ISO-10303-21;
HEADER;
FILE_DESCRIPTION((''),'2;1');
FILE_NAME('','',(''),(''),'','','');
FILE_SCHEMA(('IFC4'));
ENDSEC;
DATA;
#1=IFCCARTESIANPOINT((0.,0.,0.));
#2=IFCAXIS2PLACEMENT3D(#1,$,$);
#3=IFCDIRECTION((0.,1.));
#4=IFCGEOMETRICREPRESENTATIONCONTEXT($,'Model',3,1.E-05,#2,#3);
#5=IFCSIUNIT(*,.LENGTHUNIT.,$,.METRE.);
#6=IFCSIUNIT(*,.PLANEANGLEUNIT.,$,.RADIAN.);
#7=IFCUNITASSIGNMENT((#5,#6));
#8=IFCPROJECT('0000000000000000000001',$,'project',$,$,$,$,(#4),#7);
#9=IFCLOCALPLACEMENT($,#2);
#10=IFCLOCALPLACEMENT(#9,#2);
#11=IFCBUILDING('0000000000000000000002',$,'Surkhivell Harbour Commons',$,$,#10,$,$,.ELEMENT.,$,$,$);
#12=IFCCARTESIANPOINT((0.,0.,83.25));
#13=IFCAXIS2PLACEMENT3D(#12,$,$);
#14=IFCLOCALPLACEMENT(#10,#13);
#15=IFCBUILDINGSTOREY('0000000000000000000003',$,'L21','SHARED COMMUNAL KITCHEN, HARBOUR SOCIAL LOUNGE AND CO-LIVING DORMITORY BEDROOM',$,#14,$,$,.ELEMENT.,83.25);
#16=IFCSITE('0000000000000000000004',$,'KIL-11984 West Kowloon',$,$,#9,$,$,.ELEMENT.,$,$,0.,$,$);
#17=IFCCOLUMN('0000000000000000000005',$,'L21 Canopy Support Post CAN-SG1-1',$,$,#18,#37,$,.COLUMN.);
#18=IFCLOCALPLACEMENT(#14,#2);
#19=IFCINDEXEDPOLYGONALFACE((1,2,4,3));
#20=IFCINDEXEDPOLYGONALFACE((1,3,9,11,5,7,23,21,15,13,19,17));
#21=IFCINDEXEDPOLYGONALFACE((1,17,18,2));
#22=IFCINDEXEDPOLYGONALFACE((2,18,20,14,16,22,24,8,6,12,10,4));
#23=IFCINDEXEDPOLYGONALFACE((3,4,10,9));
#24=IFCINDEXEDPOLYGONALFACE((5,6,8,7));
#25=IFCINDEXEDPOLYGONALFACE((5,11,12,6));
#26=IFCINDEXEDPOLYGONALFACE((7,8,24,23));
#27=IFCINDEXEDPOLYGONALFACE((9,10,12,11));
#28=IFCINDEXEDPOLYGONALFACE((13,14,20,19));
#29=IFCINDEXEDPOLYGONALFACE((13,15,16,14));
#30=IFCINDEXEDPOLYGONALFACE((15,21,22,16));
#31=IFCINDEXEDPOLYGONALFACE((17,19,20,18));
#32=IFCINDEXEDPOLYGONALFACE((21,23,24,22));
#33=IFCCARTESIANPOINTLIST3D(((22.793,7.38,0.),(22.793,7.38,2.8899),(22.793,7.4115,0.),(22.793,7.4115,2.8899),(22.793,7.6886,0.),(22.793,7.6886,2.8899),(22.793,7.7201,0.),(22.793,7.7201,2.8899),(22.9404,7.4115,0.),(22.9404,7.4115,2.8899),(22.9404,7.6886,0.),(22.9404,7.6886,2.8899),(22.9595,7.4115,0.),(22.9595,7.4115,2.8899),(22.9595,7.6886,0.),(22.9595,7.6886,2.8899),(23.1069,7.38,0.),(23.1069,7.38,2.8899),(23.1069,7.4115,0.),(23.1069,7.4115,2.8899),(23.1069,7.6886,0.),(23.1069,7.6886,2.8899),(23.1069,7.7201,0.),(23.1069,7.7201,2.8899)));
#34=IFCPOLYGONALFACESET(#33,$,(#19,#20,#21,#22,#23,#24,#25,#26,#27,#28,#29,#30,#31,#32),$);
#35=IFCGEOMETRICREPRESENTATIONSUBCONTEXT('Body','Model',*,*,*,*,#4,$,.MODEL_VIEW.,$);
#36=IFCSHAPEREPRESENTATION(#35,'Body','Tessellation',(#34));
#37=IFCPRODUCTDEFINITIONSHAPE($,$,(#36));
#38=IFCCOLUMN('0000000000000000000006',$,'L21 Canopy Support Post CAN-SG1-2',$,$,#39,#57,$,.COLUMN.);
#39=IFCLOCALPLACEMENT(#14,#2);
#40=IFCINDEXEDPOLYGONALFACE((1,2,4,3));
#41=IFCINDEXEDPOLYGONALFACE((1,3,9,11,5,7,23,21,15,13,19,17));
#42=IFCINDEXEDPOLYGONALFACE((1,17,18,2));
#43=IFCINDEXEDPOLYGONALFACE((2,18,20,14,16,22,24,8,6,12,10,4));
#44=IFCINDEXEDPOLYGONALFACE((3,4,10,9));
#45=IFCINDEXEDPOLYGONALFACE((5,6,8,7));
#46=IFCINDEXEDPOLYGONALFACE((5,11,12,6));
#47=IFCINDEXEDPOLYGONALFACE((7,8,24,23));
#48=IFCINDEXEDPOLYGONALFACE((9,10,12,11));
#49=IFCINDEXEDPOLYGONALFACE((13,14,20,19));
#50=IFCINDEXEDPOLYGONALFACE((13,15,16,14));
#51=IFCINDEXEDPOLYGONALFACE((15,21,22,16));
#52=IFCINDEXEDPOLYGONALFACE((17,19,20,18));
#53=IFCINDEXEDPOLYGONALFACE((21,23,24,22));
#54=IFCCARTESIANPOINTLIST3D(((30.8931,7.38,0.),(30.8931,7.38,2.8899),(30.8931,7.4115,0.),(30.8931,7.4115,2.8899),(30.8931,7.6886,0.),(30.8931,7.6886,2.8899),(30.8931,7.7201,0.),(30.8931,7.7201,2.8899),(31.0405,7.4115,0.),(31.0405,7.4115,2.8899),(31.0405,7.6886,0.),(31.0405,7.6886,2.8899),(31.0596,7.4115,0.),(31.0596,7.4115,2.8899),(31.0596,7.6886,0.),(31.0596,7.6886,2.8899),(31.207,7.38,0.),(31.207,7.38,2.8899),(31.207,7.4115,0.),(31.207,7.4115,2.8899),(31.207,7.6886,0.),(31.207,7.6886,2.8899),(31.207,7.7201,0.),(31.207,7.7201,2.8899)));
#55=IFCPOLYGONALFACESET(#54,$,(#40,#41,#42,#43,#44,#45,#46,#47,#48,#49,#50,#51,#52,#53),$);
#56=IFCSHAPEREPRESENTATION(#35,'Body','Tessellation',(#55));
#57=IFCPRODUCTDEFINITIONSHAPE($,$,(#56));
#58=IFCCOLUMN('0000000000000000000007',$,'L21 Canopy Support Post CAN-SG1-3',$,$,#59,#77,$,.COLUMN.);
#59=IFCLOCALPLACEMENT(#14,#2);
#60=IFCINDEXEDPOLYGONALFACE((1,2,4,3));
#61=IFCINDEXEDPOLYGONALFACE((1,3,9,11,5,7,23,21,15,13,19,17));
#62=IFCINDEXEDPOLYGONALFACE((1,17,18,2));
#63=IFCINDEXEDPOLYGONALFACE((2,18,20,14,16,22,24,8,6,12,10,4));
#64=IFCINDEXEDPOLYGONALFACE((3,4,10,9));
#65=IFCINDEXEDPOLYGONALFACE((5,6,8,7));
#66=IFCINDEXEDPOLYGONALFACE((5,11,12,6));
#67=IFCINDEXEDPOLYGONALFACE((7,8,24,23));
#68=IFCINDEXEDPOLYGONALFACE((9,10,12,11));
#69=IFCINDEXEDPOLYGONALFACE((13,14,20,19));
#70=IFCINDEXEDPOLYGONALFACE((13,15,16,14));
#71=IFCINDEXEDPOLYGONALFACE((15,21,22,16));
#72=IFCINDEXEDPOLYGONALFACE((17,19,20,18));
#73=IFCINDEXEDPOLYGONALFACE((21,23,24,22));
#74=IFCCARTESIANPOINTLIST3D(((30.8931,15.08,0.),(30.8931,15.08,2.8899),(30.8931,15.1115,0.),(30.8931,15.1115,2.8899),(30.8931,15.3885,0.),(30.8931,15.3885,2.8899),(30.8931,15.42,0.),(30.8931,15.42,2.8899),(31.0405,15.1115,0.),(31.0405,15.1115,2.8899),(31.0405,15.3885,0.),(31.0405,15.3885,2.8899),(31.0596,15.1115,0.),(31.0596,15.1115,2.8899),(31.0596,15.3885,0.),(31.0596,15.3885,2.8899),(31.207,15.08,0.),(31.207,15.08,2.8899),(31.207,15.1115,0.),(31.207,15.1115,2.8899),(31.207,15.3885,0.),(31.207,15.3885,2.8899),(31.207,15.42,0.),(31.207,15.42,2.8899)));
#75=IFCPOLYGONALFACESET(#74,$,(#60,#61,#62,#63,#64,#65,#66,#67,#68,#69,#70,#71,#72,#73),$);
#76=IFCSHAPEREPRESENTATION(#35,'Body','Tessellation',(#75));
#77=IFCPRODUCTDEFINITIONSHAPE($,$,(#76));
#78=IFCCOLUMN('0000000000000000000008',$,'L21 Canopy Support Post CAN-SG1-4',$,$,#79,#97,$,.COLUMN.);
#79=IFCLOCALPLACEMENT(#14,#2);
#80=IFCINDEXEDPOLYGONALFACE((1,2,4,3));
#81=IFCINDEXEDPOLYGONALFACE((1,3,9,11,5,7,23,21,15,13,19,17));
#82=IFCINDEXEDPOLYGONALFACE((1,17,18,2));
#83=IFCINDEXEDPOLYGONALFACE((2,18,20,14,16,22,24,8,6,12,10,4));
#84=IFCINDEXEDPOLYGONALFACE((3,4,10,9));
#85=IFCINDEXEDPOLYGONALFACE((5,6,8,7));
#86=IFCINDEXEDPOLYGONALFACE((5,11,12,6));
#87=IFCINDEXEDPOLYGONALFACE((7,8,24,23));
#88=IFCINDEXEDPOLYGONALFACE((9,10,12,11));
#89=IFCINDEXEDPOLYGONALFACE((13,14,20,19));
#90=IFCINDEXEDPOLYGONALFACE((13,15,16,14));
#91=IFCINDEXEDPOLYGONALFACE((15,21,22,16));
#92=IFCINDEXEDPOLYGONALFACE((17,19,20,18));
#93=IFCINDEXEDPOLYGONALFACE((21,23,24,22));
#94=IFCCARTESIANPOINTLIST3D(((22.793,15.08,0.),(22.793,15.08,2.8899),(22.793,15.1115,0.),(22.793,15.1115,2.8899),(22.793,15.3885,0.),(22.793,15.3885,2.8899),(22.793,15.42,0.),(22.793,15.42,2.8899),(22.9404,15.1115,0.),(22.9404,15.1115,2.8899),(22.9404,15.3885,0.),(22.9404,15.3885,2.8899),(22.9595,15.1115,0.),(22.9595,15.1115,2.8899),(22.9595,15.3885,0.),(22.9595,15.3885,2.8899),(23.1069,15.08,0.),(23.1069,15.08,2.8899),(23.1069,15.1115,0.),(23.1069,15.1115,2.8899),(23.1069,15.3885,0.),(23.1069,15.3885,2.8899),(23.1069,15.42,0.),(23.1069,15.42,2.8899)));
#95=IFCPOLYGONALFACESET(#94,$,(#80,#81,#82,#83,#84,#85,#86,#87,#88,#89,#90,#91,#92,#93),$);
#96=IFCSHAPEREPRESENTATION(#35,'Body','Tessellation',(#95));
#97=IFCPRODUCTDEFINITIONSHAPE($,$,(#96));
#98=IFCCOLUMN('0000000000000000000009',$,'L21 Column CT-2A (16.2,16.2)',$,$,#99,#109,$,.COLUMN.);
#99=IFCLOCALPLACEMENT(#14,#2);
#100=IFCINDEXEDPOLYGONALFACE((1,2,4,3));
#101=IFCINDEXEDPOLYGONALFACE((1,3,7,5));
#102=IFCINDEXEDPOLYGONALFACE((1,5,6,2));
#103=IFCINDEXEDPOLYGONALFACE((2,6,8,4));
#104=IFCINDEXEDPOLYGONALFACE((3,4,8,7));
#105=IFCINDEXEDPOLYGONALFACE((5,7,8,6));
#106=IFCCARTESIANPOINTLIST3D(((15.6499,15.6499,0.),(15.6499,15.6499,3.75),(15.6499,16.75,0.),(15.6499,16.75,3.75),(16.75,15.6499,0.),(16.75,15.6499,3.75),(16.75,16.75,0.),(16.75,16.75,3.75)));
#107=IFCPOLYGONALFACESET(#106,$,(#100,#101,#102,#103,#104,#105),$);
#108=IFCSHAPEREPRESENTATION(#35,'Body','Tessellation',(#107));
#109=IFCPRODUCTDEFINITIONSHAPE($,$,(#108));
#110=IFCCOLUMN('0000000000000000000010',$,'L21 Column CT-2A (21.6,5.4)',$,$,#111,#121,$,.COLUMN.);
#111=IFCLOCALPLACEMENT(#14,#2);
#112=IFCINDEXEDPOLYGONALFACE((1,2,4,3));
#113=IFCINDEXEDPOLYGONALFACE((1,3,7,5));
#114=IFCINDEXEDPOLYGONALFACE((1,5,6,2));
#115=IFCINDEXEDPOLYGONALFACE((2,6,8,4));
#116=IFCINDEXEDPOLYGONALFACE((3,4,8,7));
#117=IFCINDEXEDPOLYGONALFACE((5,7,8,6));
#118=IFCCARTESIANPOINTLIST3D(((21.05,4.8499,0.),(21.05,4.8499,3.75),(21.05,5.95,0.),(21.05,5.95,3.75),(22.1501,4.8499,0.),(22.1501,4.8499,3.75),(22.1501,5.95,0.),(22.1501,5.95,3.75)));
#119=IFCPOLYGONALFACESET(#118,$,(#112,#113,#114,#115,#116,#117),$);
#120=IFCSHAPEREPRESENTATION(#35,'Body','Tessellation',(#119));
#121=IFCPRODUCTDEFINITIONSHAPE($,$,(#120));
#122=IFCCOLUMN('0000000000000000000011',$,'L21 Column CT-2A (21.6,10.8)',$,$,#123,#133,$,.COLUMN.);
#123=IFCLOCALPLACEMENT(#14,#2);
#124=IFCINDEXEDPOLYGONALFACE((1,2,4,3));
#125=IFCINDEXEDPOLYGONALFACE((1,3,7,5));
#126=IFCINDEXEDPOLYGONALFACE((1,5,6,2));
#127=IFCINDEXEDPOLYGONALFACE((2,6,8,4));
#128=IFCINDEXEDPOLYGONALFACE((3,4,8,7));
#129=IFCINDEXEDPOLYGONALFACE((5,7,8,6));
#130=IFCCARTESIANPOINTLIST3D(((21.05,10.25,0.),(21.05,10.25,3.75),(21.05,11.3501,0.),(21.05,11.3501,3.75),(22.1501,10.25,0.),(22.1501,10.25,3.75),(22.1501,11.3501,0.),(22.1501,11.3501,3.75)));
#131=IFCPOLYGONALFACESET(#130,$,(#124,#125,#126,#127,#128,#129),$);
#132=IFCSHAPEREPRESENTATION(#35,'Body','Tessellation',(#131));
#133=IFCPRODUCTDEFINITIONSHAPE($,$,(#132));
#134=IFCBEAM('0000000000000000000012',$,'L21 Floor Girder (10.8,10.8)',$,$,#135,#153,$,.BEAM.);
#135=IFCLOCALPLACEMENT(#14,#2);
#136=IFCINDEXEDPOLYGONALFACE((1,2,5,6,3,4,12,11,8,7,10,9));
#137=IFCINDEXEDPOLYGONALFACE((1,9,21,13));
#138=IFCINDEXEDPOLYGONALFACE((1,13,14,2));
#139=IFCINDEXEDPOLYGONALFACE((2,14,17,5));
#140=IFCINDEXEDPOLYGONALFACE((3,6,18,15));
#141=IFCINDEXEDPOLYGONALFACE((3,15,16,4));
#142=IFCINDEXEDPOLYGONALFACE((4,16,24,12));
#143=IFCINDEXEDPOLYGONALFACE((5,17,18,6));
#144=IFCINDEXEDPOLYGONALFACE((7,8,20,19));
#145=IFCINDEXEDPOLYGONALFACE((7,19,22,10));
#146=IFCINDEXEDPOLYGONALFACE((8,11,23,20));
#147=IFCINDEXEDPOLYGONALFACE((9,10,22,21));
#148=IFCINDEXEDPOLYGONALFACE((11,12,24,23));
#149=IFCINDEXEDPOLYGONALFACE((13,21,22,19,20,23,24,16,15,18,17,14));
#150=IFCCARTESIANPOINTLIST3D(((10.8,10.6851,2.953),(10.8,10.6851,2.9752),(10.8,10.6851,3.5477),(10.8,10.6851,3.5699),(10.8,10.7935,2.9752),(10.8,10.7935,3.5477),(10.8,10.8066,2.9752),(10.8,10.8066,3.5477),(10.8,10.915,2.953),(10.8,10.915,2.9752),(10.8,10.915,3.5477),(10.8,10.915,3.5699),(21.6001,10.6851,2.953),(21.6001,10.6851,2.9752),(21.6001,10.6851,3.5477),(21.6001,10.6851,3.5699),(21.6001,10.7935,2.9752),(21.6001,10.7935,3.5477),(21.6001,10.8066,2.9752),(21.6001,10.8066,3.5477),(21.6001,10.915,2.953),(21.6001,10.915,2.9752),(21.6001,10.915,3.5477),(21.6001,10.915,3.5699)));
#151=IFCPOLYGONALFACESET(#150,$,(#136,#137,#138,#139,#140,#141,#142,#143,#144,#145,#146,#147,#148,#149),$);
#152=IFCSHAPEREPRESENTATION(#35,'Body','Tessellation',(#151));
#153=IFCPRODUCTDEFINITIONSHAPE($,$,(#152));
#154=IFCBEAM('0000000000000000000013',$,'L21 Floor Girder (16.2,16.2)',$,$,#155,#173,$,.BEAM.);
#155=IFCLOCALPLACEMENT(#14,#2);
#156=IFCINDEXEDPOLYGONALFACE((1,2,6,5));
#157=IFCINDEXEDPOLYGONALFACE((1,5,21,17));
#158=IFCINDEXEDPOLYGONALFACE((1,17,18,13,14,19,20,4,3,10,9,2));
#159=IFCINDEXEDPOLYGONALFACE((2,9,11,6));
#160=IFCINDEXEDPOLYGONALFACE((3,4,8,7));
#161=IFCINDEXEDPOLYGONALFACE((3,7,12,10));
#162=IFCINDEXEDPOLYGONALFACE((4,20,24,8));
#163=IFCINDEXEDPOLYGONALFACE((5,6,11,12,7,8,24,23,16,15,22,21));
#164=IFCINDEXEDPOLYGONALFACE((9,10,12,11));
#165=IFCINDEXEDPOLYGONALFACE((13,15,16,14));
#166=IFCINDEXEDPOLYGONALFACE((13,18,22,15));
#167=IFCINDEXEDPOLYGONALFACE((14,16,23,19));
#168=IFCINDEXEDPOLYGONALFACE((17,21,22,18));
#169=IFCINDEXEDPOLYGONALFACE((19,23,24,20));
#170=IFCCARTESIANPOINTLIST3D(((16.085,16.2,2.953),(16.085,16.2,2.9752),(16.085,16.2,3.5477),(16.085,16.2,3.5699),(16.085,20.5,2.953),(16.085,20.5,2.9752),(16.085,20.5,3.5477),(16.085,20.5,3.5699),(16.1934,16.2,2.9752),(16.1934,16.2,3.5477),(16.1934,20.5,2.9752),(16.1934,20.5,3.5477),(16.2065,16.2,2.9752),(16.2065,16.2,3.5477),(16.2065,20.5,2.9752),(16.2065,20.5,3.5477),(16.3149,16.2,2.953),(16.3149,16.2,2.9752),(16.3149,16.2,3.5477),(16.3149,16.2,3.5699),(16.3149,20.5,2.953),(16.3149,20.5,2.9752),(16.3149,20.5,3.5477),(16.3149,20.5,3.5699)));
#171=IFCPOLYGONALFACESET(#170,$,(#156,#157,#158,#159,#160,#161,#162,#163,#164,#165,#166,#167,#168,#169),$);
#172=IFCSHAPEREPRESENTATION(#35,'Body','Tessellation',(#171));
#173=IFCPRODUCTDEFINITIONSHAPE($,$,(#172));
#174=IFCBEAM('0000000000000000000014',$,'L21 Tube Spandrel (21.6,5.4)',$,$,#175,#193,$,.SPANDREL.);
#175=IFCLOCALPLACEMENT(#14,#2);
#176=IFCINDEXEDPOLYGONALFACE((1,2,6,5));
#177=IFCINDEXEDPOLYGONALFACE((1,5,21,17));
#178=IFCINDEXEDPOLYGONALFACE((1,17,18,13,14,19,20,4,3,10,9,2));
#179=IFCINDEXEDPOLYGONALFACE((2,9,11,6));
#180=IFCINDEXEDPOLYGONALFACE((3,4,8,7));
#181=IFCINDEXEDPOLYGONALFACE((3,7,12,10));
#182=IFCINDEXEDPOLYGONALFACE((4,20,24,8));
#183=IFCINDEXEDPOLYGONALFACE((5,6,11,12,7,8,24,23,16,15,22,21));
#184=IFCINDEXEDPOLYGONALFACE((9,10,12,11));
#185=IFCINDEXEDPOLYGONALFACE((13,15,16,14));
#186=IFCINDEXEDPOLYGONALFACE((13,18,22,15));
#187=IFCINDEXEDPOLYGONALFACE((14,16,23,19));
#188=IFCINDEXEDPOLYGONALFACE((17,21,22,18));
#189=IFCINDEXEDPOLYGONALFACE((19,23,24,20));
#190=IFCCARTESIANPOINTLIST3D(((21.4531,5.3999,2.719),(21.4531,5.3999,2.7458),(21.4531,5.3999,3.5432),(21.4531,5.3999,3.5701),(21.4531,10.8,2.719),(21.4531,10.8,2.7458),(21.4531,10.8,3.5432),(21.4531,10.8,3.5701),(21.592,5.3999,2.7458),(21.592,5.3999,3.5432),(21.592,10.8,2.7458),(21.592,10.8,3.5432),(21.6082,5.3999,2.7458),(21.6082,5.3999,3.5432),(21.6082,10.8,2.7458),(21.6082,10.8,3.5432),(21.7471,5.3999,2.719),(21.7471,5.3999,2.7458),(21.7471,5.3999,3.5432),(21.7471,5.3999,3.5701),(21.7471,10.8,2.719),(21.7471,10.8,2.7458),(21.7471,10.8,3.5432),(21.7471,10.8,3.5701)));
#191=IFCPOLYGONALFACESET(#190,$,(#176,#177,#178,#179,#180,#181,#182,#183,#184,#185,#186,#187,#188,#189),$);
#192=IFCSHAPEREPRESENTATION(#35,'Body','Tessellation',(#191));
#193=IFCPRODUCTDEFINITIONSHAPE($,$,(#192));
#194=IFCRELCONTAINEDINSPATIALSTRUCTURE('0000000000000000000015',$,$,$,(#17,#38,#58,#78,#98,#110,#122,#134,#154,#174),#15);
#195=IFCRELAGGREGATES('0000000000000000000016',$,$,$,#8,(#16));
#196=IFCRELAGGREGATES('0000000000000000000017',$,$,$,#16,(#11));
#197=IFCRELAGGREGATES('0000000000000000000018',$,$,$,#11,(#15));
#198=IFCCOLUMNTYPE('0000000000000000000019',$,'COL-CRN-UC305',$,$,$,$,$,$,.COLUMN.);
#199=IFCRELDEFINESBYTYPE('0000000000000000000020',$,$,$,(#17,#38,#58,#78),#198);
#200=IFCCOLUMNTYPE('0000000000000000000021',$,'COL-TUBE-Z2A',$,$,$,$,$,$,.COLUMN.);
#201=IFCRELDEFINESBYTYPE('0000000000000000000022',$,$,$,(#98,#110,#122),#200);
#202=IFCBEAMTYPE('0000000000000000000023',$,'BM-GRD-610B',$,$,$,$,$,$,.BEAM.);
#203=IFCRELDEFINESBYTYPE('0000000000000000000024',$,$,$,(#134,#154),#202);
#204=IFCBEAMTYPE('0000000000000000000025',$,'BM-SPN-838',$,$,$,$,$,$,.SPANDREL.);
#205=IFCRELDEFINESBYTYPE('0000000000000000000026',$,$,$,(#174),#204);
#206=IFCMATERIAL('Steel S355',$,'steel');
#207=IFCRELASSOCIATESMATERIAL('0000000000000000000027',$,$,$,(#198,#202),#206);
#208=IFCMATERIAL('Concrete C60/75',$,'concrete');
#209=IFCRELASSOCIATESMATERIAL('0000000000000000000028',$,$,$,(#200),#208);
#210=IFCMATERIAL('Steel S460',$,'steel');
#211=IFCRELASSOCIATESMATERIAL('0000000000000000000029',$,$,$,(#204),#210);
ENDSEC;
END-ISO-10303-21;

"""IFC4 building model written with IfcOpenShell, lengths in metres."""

from ifc_helpers import new_model, si_unit, direction, frame, origin, origin_2d, place, context, subcontext, project, spatial, rectangle, i_section, extrude, material, material_profile, profile_set, type_object, element, save


model = new_model("IFC4")

# Units and contexts
model_context = context("Model", 3, precision=1e-05, world=origin(), true_north=direction((0.0, 1.0)))
body_context = subcontext(model_context, "Body", "Model", "MODEL_VIEW")
ifc_project = project(units=[si_unit("LENGTHUNIT", "METRE"), si_unit("PLANEANGLEUNIT", "RADIAN")], contexts=[model_context])

# Site, building, storey
site_placement = place(None, origin())
site = spatial("IfcSite", under=ifc_project, at=site_placement, Name="KIL-11984 West Kowloon", CompositionType="ELEMENT", RefElevation=0.0)
building_placement = place(site_placement, origin())
building = spatial("IfcBuilding", under=site, at=building_placement, Name="Surkhivell Harbour Commons", CompositionType="ELEMENT")
storey_placement = place(building_placement, frame((0.0, 0.0, 83.25)))
storey = spatial("IfcBuildingStorey", under=building, at=storey_placement, Name="L21", Description="SHARED COMMUNAL KITCHEN, HARBOUR SOCIAL LOUNGE AND CO-LIVING DORMITORY BEDROOM", CompositionType="ELEMENT", Elevation=83.25)

# Columns
ifc_material_1 = material(Name="Steel S355", Category="steel")
ifc_material_profile_1 = material_profile(ifc_material_1, i_section(OverallWidth=0.314, OverallDepth=0.3401, WebThickness=0.019, FlangeThickness=0.0315, at=origin_2d()), Name="UC305x305x198")
ifc_profile_set_1 = profile_set([ifc_material_profile_1], Name="Steel S355")
column_type_1 = type_object("IfcColumnType", Name="COL-CRN-UC305", PredefinedType="COLUMN", material=ifc_profile_set_1)
for number, where, z_axis, x_axis, name in (
    (1, (22.95, 7.55, 0.0), (0.0, 0.0, 1.0), (1.0, 0.0, 0.0), "L21 Canopy Support Post CAN-SG1-1"),
    (2, (31.05, 7.55, 0.0), (0.0, 0.0, 1.0), (1.0, 0.0, 0.0), "L21 Canopy Support Post CAN-SG1-2"),
    (3, (31.05, 15.25, 0.0), (0.0, 0.0, 1.0), (1.0, 0.0, 0.0), "L21 Canopy Support Post CAN-SG1-3"),
    (4, (22.95, 15.25, 0.0), (0.0, 0.0, 1.0), (1.0, 0.0, 0.0), "L21 Canopy Support Post CAN-SG1-4"),
):
    element("IfcColumn", number, at=place(storey_placement, frame(where, z_axis=z_axis, x_axis=x_axis)), inside=storey, type_object=column_type_1, Name=name, PredefinedType="COLUMN", context=body_context, shape_type="SweptSolid", body=[
        extrude(i_section(OverallWidth=0.314, OverallDepth=0.3401, WebThickness=0.019, FlangeThickness=0.0315, at=origin_2d()), origin(), (0.0, 0.0, 1.0), 2.8899),
    ])
ifc_material_2 = material(Name="Concrete C60/75", Category="concrete")
ifc_material_profile_2 = material_profile(ifc_material_2, rectangle(XDim=1.1001, YDim=1.1001, at=origin_2d()), Name="RC-COL-1100x1100")
ifc_profile_set_2 = profile_set([ifc_material_profile_2], Name="Concrete C60/75")
column_type_2 = type_object("IfcColumnType", Name="COL-TUBE-Z2A", PredefinedType="COLUMN", material=ifc_profile_set_2)
for number, where, z_axis, x_axis, name in (
    (5, (16.2, 16.2, 0.0), (0.0, 0.0, 1.0), (1.0, 0.0, 0.0), "L21 Column CT-2A (16.2,16.2)"),
    (6, (21.6001, 5.3999, 0.0), (0.0, 0.0, 1.0), (1.0, 0.0, 0.0), "L21 Column CT-2A (21.6,5.4)"),
    (7, (21.6001, 10.8, 0.0), (0.0, 0.0, 1.0), (1.0, 0.0, 0.0), "L21 Column CT-2A (21.6,10.8)"),
):
    element("IfcColumn", number, at=place(storey_placement, frame(where, z_axis=z_axis, x_axis=x_axis)), inside=storey, type_object=column_type_2, Name=name, PredefinedType="COLUMN", context=body_context, shape_type="SweptSolid", body=[
        extrude(rectangle(XDim=1.1001, YDim=1.1001, at=origin_2d()), origin(), (0.0, 0.0, 1.0), 3.75),
    ])

# Beams
ifc_material_profile_3 = material_profile(ifc_material_1, i_section(OverallWidth=0.23, OverallDepth=0.6169, WebThickness=0.0132, FlangeThickness=0.0222, at=origin_2d()), Name="UB610x229x140")
ifc_profile_set_3 = profile_set([ifc_material_profile_3], Name="Steel S355")
beam_type_1 = type_object("IfcBeamType", Name="BM-GRD-610B", PredefinedType="BEAM", material=ifc_profile_set_3)
beam_1_placement = place(storey_placement, frame((10.8, 10.8, 3.2615), z_axis=(1.0, 0.0, 0.0), x_axis=(0.0, 1.0, 0.0)))
element("IfcBeam", 8, at=beam_1_placement, inside=storey, type_object=beam_type_1, Name="L21 Floor Girder (10.8,10.8)", PredefinedType="BEAM", context=body_context, shape_type="SweptSolid", body=[
    extrude(i_section(OverallWidth=0.23, OverallDepth=0.6169, WebThickness=0.0132, FlangeThickness=0.0222, at=origin_2d()), origin(), (0.0, 0.0, 1.0), 10.8),
])
beam_2_placement = place(storey_placement, frame((16.2, 16.2, 3.2615), z_axis=(0.0, 1.0, 0.0), x_axis=(-1.0, 0.0, 0.0)))
element("IfcBeam", 9, at=beam_2_placement, inside=storey, type_object=beam_type_1, Name="L21 Floor Girder (16.2,16.2)", PredefinedType="BEAM", context=body_context, shape_type="SweptSolid", body=[
    extrude(i_section(OverallWidth=0.23, OverallDepth=0.6169, WebThickness=0.0132, FlangeThickness=0.0222, at=origin_2d()), origin(), (0.0, 0.0, 1.0), 4.3),
])
ifc_material_3 = material(Name="Steel S460", Category="steel")
ifc_material_profile_4 = material_profile(ifc_material_3, i_section(OverallWidth=0.2939, OverallDepth=0.8511, WebThickness=0.0161, FlangeThickness=0.0269, at=origin_2d()), Name="UB838x292x226")
ifc_profile_set_4 = profile_set([ifc_material_profile_4], Name="Steel S460")
beam_type_2 = type_object("IfcBeamType", Name="BM-SPN-838", PredefinedType="SPANDREL", material=ifc_profile_set_4)
beam_3_placement = place(storey_placement, frame((21.6001, 5.3999, 3.1445), z_axis=(0.0, 1.0, 0.0), x_axis=(-1.0, 0.0, 0.0)))
element("IfcBeam", 10, at=beam_3_placement, inside=storey, type_object=beam_type_2, Name="L21 Tube Spandrel (21.6,5.4)", PredefinedType="SPANDREL", context=body_context, shape_type="SweptSolid", body=[
    extrude(i_section(OverallWidth=0.2939, OverallDepth=0.8511, WebThickness=0.0161, FlangeThickness=0.0269, at=origin_2d()), origin(), (0.0, 0.0, 1.0), 5.4001),
])

save(model, "model.ifc")
